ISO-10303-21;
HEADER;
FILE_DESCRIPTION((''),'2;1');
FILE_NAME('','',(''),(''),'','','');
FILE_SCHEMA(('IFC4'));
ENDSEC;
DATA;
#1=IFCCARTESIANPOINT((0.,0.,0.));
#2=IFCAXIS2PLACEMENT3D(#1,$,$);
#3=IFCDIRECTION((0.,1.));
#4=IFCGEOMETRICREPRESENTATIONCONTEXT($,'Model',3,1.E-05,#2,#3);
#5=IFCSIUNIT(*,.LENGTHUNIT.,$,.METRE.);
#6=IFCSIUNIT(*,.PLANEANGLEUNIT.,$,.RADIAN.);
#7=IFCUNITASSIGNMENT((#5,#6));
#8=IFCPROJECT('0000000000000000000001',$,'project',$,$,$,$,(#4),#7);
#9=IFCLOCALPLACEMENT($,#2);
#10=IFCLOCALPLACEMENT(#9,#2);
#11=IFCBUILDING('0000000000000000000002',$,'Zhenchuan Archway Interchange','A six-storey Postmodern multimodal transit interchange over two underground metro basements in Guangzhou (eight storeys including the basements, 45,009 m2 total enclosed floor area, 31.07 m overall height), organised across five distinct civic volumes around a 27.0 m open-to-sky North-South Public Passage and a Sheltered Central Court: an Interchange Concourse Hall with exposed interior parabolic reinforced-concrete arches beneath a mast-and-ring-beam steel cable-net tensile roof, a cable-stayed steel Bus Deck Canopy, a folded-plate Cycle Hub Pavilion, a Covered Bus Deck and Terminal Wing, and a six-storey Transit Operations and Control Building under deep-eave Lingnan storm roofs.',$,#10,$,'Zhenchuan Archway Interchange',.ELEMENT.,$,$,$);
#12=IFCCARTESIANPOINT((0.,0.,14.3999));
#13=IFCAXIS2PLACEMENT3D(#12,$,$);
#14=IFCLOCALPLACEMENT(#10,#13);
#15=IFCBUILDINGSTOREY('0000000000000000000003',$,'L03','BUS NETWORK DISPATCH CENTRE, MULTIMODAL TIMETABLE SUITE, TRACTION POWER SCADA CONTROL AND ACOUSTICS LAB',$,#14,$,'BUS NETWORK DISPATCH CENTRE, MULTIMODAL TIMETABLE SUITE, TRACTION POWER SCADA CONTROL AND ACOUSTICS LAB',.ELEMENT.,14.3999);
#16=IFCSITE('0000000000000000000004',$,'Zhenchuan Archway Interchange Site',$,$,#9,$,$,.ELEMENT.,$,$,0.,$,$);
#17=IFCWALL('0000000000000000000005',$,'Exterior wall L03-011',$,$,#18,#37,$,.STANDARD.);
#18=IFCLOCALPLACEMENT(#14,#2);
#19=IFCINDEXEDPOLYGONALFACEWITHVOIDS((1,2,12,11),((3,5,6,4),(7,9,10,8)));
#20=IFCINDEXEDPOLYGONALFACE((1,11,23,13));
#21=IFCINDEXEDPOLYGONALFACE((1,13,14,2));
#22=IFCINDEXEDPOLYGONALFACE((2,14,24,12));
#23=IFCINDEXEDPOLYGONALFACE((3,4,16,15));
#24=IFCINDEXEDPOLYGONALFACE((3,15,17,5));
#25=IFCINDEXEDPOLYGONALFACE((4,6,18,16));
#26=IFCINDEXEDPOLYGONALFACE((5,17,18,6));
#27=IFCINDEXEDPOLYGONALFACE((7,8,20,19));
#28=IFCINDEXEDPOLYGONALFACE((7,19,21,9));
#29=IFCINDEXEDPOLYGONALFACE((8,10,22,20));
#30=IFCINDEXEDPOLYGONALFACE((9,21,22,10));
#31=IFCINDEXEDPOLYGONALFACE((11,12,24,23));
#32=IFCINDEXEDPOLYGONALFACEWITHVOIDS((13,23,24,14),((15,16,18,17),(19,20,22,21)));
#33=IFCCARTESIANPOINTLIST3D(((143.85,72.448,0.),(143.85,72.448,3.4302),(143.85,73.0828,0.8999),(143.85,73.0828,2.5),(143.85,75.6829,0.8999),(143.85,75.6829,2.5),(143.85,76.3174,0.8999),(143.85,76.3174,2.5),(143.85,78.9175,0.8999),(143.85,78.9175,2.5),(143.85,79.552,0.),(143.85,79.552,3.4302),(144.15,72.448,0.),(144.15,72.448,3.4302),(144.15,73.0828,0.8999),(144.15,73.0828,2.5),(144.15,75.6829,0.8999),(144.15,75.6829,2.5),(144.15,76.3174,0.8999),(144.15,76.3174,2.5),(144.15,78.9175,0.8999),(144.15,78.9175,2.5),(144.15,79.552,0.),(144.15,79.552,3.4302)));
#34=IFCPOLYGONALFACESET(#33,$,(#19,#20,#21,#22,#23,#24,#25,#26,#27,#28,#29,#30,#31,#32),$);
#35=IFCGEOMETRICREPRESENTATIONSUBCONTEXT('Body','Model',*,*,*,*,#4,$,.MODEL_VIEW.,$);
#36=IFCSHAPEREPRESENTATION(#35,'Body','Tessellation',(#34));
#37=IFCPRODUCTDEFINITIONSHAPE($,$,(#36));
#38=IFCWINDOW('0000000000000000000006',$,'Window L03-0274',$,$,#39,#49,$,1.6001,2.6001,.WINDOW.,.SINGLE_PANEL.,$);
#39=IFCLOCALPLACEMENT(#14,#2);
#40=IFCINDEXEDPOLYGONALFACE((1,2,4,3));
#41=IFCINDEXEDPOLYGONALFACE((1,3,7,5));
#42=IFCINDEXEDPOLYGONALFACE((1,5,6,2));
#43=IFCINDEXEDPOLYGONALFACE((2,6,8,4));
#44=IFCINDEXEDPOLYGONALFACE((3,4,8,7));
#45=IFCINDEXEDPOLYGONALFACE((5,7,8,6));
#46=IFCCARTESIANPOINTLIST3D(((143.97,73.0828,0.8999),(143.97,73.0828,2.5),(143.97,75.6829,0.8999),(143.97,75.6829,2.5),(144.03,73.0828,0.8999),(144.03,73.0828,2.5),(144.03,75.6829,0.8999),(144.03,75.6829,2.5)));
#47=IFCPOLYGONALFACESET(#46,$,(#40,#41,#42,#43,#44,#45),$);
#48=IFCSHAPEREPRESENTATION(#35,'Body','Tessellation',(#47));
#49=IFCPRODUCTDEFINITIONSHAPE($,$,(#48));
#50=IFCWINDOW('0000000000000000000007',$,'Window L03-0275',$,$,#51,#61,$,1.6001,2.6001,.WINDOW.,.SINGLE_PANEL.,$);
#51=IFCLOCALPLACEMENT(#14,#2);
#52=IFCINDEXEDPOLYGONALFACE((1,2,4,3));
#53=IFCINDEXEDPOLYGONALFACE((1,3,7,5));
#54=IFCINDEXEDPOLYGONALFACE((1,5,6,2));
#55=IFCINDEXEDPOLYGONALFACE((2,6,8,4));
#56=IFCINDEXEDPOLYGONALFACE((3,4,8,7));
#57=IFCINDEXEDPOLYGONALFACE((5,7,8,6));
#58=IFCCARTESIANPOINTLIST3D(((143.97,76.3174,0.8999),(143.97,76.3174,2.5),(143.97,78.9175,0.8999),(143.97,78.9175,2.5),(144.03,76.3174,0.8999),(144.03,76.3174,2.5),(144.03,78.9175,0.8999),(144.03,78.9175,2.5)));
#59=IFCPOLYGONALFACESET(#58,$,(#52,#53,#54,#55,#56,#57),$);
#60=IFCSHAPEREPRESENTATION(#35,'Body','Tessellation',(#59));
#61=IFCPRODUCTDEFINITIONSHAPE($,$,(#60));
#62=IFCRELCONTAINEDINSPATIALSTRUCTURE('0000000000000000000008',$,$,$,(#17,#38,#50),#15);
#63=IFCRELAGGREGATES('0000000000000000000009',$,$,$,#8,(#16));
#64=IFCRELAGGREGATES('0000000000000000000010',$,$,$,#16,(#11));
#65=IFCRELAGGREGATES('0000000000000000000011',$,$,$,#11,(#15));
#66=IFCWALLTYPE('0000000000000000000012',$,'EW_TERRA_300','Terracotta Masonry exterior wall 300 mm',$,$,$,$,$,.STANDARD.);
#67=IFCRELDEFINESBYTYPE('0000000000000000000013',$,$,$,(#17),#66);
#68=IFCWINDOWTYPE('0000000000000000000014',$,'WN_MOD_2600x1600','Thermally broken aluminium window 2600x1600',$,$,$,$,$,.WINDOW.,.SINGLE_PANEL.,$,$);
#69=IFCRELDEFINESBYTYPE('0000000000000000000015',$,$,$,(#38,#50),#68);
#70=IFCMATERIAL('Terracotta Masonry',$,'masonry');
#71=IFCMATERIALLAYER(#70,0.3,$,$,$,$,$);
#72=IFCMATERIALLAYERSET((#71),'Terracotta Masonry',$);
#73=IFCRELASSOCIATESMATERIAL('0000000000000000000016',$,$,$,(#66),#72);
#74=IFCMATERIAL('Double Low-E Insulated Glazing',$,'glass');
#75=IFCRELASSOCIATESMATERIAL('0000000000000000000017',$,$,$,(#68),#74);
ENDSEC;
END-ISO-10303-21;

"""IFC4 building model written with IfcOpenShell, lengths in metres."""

from ifc_helpers import new_model, si_unit, direction, frame, frame_2d, origin, place, context, subcontext, project, spatial, rectangle, extrude, material, layer, layer_set, type_object, element, fill, save


model = new_model("IFC4")

# Units and contexts
model_context = context("Model", 3, precision=1e-05, world=origin(), true_north=direction((0.0, 1.0)))
body_context = subcontext(model_context, "Body", "Model", "MODEL_VIEW")
ifc_project = project(units=[si_unit("LENGTHUNIT", "METRE"), si_unit("PLANEANGLEUNIT", "RADIAN")], contexts=[model_context])

# Site, building, storey
site_placement = place(None, origin())
site = spatial("IfcSite", under=ifc_project, at=site_placement, Name="Zhenchuan Archway Interchange Site", CompositionType="ELEMENT", RefElevation=0.0)
building_placement = place(site_placement, origin())
building = spatial("IfcBuilding", under=site, at=building_placement, Name="Zhenchuan Archway Interchange", Description="A six-storey Postmodern multimodal transit interchange over two underground metro basements in Guangzhou (eight storeys including the basements, 45,009 m2 total enclosed floor area, 31.07 m overall height), organised across five distinct civic volumes around a 27.0 m open-to-sky North-South Public Passage and a Sheltered Central Court: an Interchange Concourse Hall with exposed interior parabolic reinforced-concrete arches beneath a mast-and-ring-beam steel cable-net tensile roof, a cable-stayed steel Bus Deck Canopy, a folded-plate Cycle Hub Pavilion, a Covered Bus Deck and Terminal Wing, and a six-storey Transit Operations and Control Building under deep-eave Lingnan storm roofs.", LongName="Zhenchuan Archway Interchange", CompositionType="ELEMENT")
storey_placement = place(building_placement, frame((0.0, 0.0, 14.3999)))
storey = spatial("IfcBuildingStorey", under=building, at=storey_placement, Name="L03", Description="BUS NETWORK DISPATCH CENTRE, MULTIMODAL TIMETABLE SUITE, TRACTION POWER SCADA CONTROL AND ACOUSTICS LAB", LongName="BUS NETWORK DISPATCH CENTRE, MULTIMODAL TIMETABLE SUITE, TRACTION POWER SCADA CONTROL AND ACOUSTICS LAB", CompositionType="ELEMENT", Elevation=14.3999)

# Shared definitions
ifc_material_1 = material(Name="Double Low-E Insulated Glazing", Category="glass")

# Wall, openings, windows
ifc_material_2 = material(Name="Terracotta Masonry", Category="masonry")
ifc_layer_1 = layer(ifc_material_2, 0.3)
ifc_layer_set_1 = layer_set([ifc_layer_1], Name="Terracotta Masonry")
wall_type = type_object("IfcWallType", Name="EW_TERRA_300", Description="Terracotta Masonry exterior wall 300 mm", PredefinedType="STANDARD", material=ifc_layer_set_1)
wall_placement = place(storey_placement, frame((144.0, 72.448, 0.0), z_axis=(0.0, 0.0, 1.0), x_axis=(0.0, 1.0, 0.0)))
wall = element("IfcWall", 1, at=wall_placement, inside=storey, type_object=wall_type, Name="Exterior wall L03-011", PredefinedType="STANDARD", context=body_context, shape_type="SweptSolid", body=[
    extrude(rectangle(XDim=7.104, YDim=0.3, at=frame_2d((3.552, 0.0))), origin(), (0.0, 0.0, 1.0), 3.4302),
])
opening_1_placement = place(wall_placement, frame((0.6348, 0.0, 0.8999)))
opening_1 = element("IfcOpeningElement", 2, at=opening_1_placement, cuts=wall, PredefinedType="OPENING", context=body_context, shape_type="SweptSolid", body=[
    extrude(rectangle(XDim=2.6001, YDim=1.6001, at=frame_2d((1.3, 0.8))), frame((0.0, 0.1621, 0.0), z_axis=(0.0, -1.0, 0.0), x_axis=(1.0, 0.0, 0.0)), (0.0, 0.0, 1.0), 0.324),
])
opening_2_placement = place(wall_placement, frame((3.8694, 0.0, 0.8999)))
opening_2 = element("IfcOpeningElement", 3, at=opening_2_placement, cuts=wall, PredefinedType="OPENING", context=body_context, shape_type="SweptSolid", body=[
    extrude(rectangle(XDim=2.6001, YDim=1.6001, at=frame_2d((1.3, 0.8))), frame((0.0, 0.1621, 0.0), z_axis=(0.0, -1.0, 0.0), x_axis=(1.0, 0.0, 0.0)), (0.0, 0.0, 1.0), 0.324),
])
window_type = type_object("IfcWindowType", Name="WN_MOD_2600x1600", Description="Thermally broken aluminium window 2600x1600", PartitioningType="SINGLE_PANEL", PredefinedType="WINDOW", material=ifc_material_1)
window_1_placement = place(opening_1_placement, origin())
window_1 = element("IfcWindow", 4, at=window_1_placement, inside=storey, type_object=window_type, Name="Window L03-0274", OverallHeight=1.6001, OverallWidth=2.6001, PartitioningType="SINGLE_PANEL", PredefinedType="WINDOW", context=body_context, shape_type="SweptSolid", body=[
    extrude(rectangle(XDim=2.6001, YDim=1.6001, at=frame_2d((1.3, 0.8))), frame((0.0, 0.03, 0.0), z_axis=(0.0, -1.0, 0.0), x_axis=(1.0, 0.0, 0.0)), (0.0, 0.0, 1.0), 0.0601),
])
fill(opening_1, window_1)
window_2_placement = place(opening_2_placement, origin())
window_2 = element("IfcWindow", 5, at=window_2_placement, inside=storey, type_object=window_type, Name="Window L03-0275", OverallHeight=1.6001, OverallWidth=2.6001, PartitioningType="SINGLE_PANEL", PredefinedType="WINDOW", context=body_context, shape_type="SweptSolid", body=[
    extrude(rectangle(XDim=2.6001, YDim=1.6001, at=frame_2d((1.3, 0.8))), frame((0.0, 0.03, 0.0), z_axis=(0.0, -1.0, 0.0), x_axis=(1.0, 0.0, 0.0)), (0.0, 0.0, 1.0), 0.0601),
])
fill(opening_2, window_2)

save(model, "model.ifc")
